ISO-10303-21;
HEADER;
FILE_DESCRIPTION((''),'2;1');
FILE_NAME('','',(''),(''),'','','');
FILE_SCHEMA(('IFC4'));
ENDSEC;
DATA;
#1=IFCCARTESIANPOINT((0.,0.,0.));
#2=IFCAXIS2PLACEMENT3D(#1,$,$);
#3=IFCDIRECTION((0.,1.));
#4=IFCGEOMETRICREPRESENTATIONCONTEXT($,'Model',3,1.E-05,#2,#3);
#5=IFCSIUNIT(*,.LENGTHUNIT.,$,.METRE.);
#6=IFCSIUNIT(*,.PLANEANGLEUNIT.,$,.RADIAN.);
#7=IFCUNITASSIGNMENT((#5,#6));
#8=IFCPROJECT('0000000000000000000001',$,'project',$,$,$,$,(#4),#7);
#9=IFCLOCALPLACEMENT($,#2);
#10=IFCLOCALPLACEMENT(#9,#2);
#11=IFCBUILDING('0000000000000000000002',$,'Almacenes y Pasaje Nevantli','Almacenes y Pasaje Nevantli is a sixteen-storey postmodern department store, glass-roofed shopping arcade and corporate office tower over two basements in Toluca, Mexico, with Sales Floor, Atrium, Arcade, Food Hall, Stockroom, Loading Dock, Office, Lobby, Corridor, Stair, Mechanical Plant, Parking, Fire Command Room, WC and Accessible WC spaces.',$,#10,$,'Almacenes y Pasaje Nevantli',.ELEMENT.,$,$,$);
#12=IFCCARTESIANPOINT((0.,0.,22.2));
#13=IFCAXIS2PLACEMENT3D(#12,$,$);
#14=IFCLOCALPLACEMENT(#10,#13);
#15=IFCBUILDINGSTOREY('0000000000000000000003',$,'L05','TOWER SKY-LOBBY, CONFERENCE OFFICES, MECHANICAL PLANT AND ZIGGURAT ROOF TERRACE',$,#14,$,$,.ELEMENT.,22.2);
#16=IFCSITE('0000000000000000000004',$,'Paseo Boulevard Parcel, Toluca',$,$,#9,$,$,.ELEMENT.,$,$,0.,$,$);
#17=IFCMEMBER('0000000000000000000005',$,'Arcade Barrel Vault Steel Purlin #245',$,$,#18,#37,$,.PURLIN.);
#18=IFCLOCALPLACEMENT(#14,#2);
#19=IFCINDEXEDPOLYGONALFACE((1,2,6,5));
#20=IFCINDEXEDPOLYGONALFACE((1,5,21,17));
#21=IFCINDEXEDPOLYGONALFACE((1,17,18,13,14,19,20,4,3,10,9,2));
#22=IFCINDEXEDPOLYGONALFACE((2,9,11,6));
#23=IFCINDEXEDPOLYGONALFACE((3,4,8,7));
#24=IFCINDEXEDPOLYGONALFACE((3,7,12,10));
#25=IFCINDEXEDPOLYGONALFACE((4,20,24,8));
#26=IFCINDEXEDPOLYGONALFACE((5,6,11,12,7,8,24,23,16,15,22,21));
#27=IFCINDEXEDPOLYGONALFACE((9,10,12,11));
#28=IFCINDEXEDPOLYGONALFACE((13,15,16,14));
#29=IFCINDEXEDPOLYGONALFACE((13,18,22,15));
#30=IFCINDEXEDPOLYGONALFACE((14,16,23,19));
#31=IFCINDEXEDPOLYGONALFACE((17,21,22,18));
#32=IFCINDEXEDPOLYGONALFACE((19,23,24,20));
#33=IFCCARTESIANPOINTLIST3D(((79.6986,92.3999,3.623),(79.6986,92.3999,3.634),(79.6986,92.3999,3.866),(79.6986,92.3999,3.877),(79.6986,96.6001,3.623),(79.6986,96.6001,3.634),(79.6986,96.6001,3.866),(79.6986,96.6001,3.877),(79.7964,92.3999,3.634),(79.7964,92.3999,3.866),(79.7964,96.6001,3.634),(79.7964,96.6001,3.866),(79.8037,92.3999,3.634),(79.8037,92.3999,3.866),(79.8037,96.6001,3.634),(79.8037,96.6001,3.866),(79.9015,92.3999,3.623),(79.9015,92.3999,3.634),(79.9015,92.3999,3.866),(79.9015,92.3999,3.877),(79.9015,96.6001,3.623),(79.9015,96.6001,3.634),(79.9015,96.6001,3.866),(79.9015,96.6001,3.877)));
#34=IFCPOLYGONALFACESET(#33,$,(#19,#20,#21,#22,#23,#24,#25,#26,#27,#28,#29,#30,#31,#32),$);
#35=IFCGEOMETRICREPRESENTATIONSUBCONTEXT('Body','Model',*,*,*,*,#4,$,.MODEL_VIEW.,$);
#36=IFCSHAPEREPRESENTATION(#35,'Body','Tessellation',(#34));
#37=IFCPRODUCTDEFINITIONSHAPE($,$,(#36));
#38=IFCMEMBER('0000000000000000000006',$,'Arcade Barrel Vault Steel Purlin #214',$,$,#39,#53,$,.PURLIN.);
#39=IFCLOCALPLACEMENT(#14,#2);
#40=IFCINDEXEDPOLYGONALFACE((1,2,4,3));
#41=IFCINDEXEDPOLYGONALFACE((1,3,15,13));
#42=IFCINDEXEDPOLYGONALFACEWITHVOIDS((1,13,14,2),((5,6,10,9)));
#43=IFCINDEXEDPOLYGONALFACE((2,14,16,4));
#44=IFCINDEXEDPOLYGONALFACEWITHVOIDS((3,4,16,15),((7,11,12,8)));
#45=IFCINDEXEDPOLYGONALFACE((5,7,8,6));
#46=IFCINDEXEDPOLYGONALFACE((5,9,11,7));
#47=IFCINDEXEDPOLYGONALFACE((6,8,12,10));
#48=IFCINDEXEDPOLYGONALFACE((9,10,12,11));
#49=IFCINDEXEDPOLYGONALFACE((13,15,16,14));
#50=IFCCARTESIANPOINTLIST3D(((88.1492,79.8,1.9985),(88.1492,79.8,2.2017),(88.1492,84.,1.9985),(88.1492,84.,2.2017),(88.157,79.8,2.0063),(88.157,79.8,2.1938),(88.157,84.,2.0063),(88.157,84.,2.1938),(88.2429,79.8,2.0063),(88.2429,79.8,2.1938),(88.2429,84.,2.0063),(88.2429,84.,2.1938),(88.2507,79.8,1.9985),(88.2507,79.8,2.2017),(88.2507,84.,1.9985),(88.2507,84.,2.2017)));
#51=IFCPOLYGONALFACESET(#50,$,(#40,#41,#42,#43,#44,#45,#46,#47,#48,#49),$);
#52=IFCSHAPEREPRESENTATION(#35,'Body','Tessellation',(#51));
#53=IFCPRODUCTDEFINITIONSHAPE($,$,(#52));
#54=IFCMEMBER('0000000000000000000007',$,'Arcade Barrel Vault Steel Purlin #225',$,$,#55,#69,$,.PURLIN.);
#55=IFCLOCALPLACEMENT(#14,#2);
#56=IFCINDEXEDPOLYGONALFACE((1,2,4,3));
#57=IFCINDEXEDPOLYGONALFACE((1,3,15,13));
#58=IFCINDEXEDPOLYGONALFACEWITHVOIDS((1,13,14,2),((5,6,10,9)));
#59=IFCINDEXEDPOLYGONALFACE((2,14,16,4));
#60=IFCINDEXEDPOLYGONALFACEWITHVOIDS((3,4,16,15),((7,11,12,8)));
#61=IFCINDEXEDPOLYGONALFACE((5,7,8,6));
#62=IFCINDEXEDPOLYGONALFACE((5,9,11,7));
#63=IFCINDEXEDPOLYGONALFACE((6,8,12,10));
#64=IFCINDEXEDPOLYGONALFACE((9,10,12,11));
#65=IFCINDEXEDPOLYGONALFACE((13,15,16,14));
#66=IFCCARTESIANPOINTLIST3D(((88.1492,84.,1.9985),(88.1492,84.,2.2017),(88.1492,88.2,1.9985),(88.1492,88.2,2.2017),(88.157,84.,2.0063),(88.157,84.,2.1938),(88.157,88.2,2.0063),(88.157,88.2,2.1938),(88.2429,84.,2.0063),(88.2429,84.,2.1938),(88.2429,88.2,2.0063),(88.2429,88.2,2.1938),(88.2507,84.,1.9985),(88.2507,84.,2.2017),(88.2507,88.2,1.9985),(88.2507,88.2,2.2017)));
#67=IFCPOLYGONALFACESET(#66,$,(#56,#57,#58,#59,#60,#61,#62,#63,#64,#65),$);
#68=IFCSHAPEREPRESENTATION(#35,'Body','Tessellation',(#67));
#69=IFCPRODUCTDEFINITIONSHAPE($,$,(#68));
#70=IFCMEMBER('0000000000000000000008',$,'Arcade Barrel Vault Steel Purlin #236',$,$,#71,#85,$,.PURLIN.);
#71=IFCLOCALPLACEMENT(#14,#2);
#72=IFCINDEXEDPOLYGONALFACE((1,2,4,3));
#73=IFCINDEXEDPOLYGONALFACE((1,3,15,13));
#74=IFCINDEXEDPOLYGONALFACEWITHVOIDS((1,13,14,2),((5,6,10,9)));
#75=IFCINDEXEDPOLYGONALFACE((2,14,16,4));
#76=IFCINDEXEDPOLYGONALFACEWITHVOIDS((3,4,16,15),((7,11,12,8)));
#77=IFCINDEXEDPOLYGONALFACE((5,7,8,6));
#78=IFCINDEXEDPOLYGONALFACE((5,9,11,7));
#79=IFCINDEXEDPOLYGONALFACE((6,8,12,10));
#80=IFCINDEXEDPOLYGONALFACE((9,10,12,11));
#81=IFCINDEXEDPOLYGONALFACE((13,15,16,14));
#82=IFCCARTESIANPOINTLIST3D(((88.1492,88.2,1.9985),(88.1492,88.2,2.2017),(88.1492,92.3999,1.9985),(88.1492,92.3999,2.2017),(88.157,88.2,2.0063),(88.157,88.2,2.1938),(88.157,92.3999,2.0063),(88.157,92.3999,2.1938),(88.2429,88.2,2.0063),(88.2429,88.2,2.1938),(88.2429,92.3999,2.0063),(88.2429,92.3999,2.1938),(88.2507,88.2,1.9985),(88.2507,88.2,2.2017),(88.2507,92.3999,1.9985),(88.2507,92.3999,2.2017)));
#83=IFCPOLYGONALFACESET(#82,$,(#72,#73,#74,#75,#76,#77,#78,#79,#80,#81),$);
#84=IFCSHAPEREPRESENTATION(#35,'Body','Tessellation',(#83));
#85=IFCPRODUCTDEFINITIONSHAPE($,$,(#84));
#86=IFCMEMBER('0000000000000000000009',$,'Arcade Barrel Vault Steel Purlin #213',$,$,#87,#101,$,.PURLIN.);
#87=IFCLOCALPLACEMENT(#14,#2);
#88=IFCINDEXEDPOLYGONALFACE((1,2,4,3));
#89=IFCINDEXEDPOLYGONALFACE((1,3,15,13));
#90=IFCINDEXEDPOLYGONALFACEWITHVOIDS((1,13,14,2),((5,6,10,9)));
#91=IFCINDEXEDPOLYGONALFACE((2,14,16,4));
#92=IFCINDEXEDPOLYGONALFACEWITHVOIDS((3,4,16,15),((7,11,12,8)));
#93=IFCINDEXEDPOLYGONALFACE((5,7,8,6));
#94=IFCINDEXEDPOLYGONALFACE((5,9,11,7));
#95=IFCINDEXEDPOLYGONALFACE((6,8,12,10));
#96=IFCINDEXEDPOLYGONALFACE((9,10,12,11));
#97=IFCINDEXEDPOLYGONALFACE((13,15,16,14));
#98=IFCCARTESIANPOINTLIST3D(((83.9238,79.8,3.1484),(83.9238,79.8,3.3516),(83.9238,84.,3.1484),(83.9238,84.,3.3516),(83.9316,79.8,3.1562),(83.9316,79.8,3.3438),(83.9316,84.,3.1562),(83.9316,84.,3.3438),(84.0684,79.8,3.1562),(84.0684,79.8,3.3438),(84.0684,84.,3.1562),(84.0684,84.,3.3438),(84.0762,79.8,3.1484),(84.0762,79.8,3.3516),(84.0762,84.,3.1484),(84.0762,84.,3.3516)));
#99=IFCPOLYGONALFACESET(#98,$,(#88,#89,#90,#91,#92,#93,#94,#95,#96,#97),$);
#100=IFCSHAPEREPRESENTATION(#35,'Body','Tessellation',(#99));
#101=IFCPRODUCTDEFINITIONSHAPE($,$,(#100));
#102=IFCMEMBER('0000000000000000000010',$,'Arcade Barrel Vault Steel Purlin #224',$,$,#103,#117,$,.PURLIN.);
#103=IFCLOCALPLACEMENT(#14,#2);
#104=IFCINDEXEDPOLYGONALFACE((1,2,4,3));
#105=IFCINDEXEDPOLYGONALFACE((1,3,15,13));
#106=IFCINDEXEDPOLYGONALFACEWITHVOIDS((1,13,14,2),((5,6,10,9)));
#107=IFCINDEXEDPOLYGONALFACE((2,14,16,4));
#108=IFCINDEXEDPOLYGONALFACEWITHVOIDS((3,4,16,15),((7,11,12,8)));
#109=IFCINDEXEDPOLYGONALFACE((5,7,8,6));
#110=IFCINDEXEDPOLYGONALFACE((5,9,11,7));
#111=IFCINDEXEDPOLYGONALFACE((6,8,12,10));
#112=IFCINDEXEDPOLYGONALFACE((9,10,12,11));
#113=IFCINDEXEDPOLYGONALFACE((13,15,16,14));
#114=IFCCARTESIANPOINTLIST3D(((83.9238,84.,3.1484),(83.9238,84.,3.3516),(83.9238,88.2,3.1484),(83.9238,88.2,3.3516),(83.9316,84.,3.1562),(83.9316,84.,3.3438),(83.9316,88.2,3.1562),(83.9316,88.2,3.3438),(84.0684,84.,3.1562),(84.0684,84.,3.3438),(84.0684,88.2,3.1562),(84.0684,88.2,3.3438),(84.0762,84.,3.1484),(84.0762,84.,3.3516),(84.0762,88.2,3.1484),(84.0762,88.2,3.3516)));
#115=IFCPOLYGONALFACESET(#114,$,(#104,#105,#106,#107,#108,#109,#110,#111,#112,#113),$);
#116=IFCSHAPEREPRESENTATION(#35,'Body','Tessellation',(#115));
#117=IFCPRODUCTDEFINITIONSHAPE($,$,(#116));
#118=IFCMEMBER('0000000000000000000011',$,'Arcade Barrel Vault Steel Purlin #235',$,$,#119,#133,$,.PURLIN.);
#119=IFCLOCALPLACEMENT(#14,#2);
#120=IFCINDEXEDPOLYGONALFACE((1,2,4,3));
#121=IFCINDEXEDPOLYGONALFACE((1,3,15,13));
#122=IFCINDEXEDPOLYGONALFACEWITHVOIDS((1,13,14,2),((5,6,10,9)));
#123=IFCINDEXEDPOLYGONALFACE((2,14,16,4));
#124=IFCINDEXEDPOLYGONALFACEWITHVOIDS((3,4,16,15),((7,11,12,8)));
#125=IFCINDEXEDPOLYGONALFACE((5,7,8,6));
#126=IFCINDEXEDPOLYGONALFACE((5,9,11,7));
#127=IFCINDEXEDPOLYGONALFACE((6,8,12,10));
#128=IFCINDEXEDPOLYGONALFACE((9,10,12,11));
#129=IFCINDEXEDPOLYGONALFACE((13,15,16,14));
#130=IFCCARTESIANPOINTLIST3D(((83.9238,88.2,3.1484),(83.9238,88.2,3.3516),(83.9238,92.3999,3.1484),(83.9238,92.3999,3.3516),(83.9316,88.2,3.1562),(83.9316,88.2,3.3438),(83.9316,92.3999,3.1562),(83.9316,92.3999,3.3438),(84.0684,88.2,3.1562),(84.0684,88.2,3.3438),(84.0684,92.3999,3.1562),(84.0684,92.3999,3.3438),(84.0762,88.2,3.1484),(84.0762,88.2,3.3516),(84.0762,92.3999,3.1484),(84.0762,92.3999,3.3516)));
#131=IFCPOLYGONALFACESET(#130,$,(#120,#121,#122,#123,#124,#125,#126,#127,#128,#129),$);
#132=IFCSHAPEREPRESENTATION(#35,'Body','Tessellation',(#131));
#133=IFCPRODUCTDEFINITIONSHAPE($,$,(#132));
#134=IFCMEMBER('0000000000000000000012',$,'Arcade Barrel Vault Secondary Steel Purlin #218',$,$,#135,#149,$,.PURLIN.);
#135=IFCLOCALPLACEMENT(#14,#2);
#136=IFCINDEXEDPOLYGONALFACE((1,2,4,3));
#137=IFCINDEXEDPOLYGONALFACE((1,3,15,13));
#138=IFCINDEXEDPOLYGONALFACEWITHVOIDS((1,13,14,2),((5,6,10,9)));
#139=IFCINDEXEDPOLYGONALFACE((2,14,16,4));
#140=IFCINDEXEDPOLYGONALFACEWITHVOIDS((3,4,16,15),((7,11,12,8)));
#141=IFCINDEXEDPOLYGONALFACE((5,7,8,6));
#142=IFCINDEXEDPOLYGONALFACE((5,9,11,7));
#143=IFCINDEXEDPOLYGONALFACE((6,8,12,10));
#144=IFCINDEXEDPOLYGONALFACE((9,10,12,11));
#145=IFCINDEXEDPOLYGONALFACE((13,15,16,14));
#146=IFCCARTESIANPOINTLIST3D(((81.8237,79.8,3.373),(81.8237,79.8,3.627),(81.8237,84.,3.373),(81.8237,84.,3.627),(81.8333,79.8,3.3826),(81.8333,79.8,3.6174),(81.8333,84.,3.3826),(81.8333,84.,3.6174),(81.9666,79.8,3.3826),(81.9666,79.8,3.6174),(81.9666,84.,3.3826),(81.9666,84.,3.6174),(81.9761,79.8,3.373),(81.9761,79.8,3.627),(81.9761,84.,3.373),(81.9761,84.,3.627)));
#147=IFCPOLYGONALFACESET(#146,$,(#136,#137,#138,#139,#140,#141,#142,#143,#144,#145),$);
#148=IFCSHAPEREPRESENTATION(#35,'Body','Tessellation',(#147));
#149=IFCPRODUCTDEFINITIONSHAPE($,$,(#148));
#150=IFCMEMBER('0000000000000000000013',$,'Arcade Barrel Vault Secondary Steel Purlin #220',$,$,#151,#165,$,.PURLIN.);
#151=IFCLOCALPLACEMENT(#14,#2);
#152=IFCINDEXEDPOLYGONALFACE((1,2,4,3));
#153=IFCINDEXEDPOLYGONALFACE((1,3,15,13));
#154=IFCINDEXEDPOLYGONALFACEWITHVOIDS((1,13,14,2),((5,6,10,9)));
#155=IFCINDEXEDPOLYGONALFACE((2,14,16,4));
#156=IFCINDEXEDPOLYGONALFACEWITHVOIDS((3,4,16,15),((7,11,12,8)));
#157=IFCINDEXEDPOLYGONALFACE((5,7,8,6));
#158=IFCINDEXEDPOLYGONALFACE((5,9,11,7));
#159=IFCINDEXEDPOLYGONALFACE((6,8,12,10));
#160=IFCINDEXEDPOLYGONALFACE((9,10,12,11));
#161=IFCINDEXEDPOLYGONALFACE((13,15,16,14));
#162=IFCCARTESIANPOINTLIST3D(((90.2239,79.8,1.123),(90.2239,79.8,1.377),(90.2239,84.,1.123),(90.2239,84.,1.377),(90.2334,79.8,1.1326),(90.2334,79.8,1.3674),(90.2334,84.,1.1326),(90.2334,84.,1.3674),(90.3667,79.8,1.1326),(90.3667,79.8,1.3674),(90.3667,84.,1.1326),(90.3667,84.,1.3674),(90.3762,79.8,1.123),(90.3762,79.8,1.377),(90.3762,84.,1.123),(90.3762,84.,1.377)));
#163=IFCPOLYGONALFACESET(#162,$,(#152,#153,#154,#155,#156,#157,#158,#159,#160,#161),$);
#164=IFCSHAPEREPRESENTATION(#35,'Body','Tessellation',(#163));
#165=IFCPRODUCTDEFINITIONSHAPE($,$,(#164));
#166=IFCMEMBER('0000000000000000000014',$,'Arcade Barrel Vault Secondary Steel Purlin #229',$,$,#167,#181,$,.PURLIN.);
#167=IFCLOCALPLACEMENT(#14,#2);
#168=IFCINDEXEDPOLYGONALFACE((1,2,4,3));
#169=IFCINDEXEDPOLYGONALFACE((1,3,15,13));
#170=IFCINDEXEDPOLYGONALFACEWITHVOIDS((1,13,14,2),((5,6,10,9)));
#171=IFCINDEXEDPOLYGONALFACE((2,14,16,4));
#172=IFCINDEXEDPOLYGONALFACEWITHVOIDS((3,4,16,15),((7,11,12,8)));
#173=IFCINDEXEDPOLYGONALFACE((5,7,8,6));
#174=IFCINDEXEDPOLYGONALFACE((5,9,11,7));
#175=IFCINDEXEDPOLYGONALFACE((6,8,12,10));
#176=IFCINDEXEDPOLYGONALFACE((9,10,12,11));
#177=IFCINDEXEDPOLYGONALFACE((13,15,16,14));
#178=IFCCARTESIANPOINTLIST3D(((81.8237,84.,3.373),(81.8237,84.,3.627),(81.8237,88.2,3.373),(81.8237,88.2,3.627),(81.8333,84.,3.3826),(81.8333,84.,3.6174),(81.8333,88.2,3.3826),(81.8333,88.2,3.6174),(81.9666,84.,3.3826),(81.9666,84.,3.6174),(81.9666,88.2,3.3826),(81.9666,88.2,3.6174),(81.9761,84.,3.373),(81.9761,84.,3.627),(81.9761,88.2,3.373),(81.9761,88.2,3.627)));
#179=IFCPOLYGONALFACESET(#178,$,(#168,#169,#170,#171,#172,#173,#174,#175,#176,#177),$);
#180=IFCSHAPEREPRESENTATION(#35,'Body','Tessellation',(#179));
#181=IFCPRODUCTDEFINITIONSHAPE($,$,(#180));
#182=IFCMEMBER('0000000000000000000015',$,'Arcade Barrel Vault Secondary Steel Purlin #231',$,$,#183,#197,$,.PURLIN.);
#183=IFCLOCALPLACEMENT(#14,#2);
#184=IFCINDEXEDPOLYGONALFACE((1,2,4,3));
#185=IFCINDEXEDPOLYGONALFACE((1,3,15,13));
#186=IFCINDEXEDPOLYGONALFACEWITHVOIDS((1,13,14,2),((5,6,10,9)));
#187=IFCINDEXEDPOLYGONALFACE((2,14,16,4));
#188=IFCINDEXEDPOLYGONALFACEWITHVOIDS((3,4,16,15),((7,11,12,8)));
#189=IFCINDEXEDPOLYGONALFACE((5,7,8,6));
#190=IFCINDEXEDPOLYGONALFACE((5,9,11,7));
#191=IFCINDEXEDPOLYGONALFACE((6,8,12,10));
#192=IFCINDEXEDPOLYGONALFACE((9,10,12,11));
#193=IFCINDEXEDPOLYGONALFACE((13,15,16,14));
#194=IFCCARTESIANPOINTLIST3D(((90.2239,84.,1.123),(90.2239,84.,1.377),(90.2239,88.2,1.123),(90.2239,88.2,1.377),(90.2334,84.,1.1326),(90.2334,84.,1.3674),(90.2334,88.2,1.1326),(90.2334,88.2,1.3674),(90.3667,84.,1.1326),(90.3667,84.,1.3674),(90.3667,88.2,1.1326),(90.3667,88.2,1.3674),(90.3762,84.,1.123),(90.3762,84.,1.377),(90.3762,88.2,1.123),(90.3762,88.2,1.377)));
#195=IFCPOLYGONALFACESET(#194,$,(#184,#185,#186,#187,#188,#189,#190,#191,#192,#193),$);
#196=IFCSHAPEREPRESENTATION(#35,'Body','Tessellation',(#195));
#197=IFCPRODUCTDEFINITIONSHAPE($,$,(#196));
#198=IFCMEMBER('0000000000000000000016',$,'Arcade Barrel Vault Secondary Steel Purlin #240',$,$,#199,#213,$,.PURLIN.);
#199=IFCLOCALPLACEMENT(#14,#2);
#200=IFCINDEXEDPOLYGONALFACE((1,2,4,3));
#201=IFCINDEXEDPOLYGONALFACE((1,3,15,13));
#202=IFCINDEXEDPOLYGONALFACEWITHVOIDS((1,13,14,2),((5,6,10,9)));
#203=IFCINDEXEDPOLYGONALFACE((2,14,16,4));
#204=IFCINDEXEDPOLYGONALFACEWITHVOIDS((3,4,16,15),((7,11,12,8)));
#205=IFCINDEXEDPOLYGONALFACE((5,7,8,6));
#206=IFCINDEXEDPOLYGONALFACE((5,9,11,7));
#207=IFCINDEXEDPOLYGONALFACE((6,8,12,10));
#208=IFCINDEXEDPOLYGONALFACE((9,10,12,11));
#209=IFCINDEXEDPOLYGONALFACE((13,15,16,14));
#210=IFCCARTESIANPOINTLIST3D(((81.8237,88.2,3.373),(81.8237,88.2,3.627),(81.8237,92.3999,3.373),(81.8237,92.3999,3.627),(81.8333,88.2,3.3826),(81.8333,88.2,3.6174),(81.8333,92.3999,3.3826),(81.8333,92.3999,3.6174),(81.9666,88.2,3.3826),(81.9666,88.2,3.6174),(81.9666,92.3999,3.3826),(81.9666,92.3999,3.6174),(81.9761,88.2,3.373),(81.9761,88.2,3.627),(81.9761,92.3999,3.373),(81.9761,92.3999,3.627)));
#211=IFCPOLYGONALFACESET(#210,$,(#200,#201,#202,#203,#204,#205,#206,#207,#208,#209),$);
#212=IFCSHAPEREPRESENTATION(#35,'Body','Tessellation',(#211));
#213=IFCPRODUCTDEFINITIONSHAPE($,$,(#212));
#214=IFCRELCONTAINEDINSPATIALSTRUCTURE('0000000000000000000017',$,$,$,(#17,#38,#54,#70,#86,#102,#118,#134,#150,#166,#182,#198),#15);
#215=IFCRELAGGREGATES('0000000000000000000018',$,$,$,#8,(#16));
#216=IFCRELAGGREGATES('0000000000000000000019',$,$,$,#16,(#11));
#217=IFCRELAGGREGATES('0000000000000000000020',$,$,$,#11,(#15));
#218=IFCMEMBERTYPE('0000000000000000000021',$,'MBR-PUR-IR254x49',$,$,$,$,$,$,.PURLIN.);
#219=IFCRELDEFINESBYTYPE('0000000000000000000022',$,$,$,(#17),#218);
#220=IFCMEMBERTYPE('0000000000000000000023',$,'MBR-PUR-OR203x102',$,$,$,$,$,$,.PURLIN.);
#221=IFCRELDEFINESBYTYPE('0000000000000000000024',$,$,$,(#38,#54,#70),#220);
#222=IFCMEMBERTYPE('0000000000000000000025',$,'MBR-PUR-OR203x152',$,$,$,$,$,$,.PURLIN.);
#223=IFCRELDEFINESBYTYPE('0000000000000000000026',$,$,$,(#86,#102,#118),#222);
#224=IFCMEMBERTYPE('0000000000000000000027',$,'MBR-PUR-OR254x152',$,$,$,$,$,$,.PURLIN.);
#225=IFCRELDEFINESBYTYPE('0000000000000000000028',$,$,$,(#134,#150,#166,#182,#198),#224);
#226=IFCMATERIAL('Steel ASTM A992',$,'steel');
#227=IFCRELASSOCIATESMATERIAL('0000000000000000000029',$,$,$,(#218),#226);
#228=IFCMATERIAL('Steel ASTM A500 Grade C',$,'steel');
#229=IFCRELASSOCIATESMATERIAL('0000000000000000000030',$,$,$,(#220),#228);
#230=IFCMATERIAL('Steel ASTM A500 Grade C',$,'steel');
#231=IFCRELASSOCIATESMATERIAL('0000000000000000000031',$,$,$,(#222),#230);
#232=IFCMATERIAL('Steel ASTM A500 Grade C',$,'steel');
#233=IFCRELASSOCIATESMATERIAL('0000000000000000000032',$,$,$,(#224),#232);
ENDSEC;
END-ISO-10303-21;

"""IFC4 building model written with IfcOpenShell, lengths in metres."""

from ifc_helpers import new_model, si_unit, direction, frame, origin, origin_2d, place, context, subcontext, project, spatial, hollow_rectangle, i_section, extrude, material, material_profile, profile_set, type_object, element, save


model = new_model("IFC4")

# Units and contexts
model_context = context("Model", 3, precision=1e-05, world=origin(), true_north=direction((0.0, 1.0)))
body_context = subcontext(model_context, "Body", "Model", "MODEL_VIEW")
ifc_project = project(units=[si_unit("LENGTHUNIT", "METRE"), si_unit("PLANEANGLEUNIT", "RADIAN")], contexts=[model_context])

# Site, building, storey
site_placement = place(None, origin())
site = spatial("IfcSite", under=ifc_project, at=site_placement, Name="Paseo Boulevard Parcel, Toluca", CompositionType="ELEMENT", RefElevation=0.0)
building_placement = place(site_placement, origin())
building = spatial("IfcBuilding", under=site, at=building_placement, Name="Almacenes y Pasaje Nevantli", Description="Almacenes y Pasaje Nevantli is a sixteen-storey postmodern department store, glass-roofed shopping arcade and corporate office tower over two basements in Toluca, Mexico, with Sales Floor, Atrium, Arcade, Food Hall, Stockroom, Loading Dock, Office, Lobby, Corridor, Stair, Mechanical Plant, Parking, Fire Command Room, WC and Accessible WC spaces.", LongName="Almacenes y Pasaje Nevantli", CompositionType="ELEMENT")
storey_placement = place(building_placement, frame((0.0, 0.0, 22.2)))
storey = spatial("IfcBuildingStorey", under=building, at=storey_placement, Name="L05", Description="TOWER SKY-LOBBY, CONFERENCE OFFICES, MECHANICAL PLANT AND ZIGGURAT ROOF TERRACE", CompositionType="ELEMENT", Elevation=22.2)

# Members
ifc_material_1 = material(Name="Steel ASTM A992", Category="steel")
ifc_material_profile_1 = material_profile(ifc_material_1, i_section(OverallWidth=0.2029, OverallDepth=0.2539, WebThickness=0.0073, FlangeThickness=0.011, at=origin_2d()), Name="IR 254x49.1")
ifc_profile_set_1 = profile_set([ifc_material_profile_1], Name="Steel ASTM A992")
member_type_1 = type_object("IfcMemberType", Name="MBR-PUR-IR254x49", PredefinedType="PURLIN", material=ifc_profile_set_1)
member_1_placement = place(storey_placement, frame((79.8, 92.3999, 3.75), z_axis=(0.0, 1.0, 0.0), x_axis=(-1.0, 0.0, 0.0)))
element("IfcMember", 1, at=member_1_placement, inside=storey, type_object=member_type_1, Name="Arcade Barrel Vault Steel Purlin #245", PredefinedType="PURLIN", context=body_context, shape_type="SweptSolid", body=[
    extrude(i_section(OverallWidth=0.2029, OverallDepth=0.2539, WebThickness=0.0073, FlangeThickness=0.011, at=origin_2d()), origin(), (0.0, 0.0, 1.0), 4.2002),
])
ifc_material_2 = material(Name="Steel ASTM A500 Grade C", Category="steel")
ifc_material_profile_2 = material_profile(ifc_material_2, hollow_rectangle(XDim=0.1016, YDim=0.2031, WallThickness=0.0078, at=origin_2d()), Name="OR 203x102x7.9")
ifc_profile_set_2 = profile_set([ifc_material_profile_2], Name="Steel ASTM A500 Grade C")
member_type_2 = type_object("IfcMemberType", Name="MBR-PUR-OR203x102", PredefinedType="PURLIN", material=ifc_profile_set_2)
for number, where, z_axis, x_axis, name in (
    (2, (88.2, 79.8, 2.1001), (0.0, 1.0, 0.0), (-1.0, 0.0, 0.0), "Arcade Barrel Vault Steel Purlin #214"),
    (3, (88.2, 84.0, 2.1001), (0.0, 1.0, 0.0), (-1.0, 0.0, 0.0), "Arcade Barrel Vault Steel Purlin #225"),
    (4, (88.2, 88.2, 2.1001), (0.0, 1.0, 0.0), (-1.0, 0.0, 0.0), "Arcade Barrel Vault Steel Purlin #236"),
):
    element("IfcMember", number, at=place(storey_placement, frame(where, z_axis=z_axis, x_axis=x_axis)), inside=storey, type_object=member_type_2, Name=name, PredefinedType="PURLIN", context=body_context, shape_type="SweptSolid", body=[
        extrude(hollow_rectangle(XDim=0.1016, YDim=0.2031, WallThickness=0.0078, at=origin_2d()), origin(), (0.0, 0.0, 1.0), 4.2),
    ])
ifc_material_3 = material(Name="Steel ASTM A500 Grade C", Category="steel")
ifc_material_profile_3 = material_profile(ifc_material_3, hollow_rectangle(XDim=0.1523, YDim=0.2031, WallThickness=0.0078, at=origin_2d()), Name="OR 203x152x7.9")
ifc_profile_set_3 = profile_set([ifc_material_profile_3], Name="Steel ASTM A500 Grade C")
member_type_3 = type_object("IfcMemberType", Name="MBR-PUR-OR203x152", PredefinedType="PURLIN", material=ifc_profile_set_3)
for number, where, z_axis, x_axis, name in (
    (5, (84.0, 79.8, 3.25), (0.0, 1.0, 0.0), (-1.0, 0.0, 0.0), "Arcade Barrel Vault Steel Purlin #213"),
    (6, (84.0, 84.0, 3.25), (0.0, 1.0, 0.0), (-1.0, 0.0, 0.0), "Arcade Barrel Vault Steel Purlin #224"),
    (7, (84.0, 88.2, 3.25), (0.0, 1.0, 0.0), (-1.0, 0.0, 0.0), "Arcade Barrel Vault Steel Purlin #235"),
):
    element("IfcMember", number, at=place(storey_placement, frame(where, z_axis=z_axis, x_axis=x_axis)), inside=storey, type_object=member_type_3, Name=name, PredefinedType="PURLIN", context=body_context, shape_type="SweptSolid", body=[
        extrude(hollow_rectangle(XDim=0.1523, YDim=0.2031, WallThickness=0.0078, at=origin_2d()), origin(), (0.0, 0.0, 1.0), 4.2),
    ])
ifc_material_4 = material(Name="Steel ASTM A500 Grade C", Category="steel")
ifc_material_profile_4 = material_profile(ifc_material_4, hollow_rectangle(XDim=0.1523, YDim=0.2539, WallThickness=0.0095, at=origin_2d()), Name="OR 254x152x9.5")
ifc_profile_set_4 = profile_set([ifc_material_profile_4], Name="Steel ASTM A500 Grade C")
member_type_4 = type_object("IfcMemberType", Name="MBR-PUR-OR254x152", PredefinedType="PURLIN", material=ifc_profile_set_4)
for number, where, z_axis, x_axis, name in (
    (8, (81.8999, 79.8, 3.5), (0.0, 1.0, 0.0), (-1.0, 0.0, 0.0), "Arcade Barrel Vault Secondary Steel Purlin #218"),
    (9, (90.3, 79.8, 1.25), (0.0, 1.0, 0.0), (-1.0, 0.0, 0.0), "Arcade Barrel Vault Secondary Steel Purlin #220"),
    (10, (81.8999, 84.0, 3.5), (0.0, 1.0, 0.0), (-1.0, 0.0, 0.0), "Arcade Barrel Vault Secondary Steel Purlin #229"),
    (11, (90.3, 84.0, 1.25), (0.0, 1.0, 0.0), (-1.0, 0.0, 0.0), "Arcade Barrel Vault Secondary Steel Purlin #231"),
    (12, (81.8999, 88.2, 3.5), (0.0, 1.0, 0.0), (-1.0, 0.0, 0.0), "Arcade Barrel Vault Secondary Steel Purlin #240"),
):
    element("IfcMember", number, at=place(storey_placement, frame(where, z_axis=z_axis, x_axis=x_axis)), inside=storey, type_object=member_type_4, Name=name, PredefinedType="PURLIN", context=body_context, shape_type="SweptSolid", body=[
        extrude(hollow_rectangle(XDim=0.1523, YDim=0.2539, WallThickness=0.0095, at=origin_2d()), origin(), (0.0, 0.0, 1.0), 4.2),
    ])

save(model, "model.ifc")
